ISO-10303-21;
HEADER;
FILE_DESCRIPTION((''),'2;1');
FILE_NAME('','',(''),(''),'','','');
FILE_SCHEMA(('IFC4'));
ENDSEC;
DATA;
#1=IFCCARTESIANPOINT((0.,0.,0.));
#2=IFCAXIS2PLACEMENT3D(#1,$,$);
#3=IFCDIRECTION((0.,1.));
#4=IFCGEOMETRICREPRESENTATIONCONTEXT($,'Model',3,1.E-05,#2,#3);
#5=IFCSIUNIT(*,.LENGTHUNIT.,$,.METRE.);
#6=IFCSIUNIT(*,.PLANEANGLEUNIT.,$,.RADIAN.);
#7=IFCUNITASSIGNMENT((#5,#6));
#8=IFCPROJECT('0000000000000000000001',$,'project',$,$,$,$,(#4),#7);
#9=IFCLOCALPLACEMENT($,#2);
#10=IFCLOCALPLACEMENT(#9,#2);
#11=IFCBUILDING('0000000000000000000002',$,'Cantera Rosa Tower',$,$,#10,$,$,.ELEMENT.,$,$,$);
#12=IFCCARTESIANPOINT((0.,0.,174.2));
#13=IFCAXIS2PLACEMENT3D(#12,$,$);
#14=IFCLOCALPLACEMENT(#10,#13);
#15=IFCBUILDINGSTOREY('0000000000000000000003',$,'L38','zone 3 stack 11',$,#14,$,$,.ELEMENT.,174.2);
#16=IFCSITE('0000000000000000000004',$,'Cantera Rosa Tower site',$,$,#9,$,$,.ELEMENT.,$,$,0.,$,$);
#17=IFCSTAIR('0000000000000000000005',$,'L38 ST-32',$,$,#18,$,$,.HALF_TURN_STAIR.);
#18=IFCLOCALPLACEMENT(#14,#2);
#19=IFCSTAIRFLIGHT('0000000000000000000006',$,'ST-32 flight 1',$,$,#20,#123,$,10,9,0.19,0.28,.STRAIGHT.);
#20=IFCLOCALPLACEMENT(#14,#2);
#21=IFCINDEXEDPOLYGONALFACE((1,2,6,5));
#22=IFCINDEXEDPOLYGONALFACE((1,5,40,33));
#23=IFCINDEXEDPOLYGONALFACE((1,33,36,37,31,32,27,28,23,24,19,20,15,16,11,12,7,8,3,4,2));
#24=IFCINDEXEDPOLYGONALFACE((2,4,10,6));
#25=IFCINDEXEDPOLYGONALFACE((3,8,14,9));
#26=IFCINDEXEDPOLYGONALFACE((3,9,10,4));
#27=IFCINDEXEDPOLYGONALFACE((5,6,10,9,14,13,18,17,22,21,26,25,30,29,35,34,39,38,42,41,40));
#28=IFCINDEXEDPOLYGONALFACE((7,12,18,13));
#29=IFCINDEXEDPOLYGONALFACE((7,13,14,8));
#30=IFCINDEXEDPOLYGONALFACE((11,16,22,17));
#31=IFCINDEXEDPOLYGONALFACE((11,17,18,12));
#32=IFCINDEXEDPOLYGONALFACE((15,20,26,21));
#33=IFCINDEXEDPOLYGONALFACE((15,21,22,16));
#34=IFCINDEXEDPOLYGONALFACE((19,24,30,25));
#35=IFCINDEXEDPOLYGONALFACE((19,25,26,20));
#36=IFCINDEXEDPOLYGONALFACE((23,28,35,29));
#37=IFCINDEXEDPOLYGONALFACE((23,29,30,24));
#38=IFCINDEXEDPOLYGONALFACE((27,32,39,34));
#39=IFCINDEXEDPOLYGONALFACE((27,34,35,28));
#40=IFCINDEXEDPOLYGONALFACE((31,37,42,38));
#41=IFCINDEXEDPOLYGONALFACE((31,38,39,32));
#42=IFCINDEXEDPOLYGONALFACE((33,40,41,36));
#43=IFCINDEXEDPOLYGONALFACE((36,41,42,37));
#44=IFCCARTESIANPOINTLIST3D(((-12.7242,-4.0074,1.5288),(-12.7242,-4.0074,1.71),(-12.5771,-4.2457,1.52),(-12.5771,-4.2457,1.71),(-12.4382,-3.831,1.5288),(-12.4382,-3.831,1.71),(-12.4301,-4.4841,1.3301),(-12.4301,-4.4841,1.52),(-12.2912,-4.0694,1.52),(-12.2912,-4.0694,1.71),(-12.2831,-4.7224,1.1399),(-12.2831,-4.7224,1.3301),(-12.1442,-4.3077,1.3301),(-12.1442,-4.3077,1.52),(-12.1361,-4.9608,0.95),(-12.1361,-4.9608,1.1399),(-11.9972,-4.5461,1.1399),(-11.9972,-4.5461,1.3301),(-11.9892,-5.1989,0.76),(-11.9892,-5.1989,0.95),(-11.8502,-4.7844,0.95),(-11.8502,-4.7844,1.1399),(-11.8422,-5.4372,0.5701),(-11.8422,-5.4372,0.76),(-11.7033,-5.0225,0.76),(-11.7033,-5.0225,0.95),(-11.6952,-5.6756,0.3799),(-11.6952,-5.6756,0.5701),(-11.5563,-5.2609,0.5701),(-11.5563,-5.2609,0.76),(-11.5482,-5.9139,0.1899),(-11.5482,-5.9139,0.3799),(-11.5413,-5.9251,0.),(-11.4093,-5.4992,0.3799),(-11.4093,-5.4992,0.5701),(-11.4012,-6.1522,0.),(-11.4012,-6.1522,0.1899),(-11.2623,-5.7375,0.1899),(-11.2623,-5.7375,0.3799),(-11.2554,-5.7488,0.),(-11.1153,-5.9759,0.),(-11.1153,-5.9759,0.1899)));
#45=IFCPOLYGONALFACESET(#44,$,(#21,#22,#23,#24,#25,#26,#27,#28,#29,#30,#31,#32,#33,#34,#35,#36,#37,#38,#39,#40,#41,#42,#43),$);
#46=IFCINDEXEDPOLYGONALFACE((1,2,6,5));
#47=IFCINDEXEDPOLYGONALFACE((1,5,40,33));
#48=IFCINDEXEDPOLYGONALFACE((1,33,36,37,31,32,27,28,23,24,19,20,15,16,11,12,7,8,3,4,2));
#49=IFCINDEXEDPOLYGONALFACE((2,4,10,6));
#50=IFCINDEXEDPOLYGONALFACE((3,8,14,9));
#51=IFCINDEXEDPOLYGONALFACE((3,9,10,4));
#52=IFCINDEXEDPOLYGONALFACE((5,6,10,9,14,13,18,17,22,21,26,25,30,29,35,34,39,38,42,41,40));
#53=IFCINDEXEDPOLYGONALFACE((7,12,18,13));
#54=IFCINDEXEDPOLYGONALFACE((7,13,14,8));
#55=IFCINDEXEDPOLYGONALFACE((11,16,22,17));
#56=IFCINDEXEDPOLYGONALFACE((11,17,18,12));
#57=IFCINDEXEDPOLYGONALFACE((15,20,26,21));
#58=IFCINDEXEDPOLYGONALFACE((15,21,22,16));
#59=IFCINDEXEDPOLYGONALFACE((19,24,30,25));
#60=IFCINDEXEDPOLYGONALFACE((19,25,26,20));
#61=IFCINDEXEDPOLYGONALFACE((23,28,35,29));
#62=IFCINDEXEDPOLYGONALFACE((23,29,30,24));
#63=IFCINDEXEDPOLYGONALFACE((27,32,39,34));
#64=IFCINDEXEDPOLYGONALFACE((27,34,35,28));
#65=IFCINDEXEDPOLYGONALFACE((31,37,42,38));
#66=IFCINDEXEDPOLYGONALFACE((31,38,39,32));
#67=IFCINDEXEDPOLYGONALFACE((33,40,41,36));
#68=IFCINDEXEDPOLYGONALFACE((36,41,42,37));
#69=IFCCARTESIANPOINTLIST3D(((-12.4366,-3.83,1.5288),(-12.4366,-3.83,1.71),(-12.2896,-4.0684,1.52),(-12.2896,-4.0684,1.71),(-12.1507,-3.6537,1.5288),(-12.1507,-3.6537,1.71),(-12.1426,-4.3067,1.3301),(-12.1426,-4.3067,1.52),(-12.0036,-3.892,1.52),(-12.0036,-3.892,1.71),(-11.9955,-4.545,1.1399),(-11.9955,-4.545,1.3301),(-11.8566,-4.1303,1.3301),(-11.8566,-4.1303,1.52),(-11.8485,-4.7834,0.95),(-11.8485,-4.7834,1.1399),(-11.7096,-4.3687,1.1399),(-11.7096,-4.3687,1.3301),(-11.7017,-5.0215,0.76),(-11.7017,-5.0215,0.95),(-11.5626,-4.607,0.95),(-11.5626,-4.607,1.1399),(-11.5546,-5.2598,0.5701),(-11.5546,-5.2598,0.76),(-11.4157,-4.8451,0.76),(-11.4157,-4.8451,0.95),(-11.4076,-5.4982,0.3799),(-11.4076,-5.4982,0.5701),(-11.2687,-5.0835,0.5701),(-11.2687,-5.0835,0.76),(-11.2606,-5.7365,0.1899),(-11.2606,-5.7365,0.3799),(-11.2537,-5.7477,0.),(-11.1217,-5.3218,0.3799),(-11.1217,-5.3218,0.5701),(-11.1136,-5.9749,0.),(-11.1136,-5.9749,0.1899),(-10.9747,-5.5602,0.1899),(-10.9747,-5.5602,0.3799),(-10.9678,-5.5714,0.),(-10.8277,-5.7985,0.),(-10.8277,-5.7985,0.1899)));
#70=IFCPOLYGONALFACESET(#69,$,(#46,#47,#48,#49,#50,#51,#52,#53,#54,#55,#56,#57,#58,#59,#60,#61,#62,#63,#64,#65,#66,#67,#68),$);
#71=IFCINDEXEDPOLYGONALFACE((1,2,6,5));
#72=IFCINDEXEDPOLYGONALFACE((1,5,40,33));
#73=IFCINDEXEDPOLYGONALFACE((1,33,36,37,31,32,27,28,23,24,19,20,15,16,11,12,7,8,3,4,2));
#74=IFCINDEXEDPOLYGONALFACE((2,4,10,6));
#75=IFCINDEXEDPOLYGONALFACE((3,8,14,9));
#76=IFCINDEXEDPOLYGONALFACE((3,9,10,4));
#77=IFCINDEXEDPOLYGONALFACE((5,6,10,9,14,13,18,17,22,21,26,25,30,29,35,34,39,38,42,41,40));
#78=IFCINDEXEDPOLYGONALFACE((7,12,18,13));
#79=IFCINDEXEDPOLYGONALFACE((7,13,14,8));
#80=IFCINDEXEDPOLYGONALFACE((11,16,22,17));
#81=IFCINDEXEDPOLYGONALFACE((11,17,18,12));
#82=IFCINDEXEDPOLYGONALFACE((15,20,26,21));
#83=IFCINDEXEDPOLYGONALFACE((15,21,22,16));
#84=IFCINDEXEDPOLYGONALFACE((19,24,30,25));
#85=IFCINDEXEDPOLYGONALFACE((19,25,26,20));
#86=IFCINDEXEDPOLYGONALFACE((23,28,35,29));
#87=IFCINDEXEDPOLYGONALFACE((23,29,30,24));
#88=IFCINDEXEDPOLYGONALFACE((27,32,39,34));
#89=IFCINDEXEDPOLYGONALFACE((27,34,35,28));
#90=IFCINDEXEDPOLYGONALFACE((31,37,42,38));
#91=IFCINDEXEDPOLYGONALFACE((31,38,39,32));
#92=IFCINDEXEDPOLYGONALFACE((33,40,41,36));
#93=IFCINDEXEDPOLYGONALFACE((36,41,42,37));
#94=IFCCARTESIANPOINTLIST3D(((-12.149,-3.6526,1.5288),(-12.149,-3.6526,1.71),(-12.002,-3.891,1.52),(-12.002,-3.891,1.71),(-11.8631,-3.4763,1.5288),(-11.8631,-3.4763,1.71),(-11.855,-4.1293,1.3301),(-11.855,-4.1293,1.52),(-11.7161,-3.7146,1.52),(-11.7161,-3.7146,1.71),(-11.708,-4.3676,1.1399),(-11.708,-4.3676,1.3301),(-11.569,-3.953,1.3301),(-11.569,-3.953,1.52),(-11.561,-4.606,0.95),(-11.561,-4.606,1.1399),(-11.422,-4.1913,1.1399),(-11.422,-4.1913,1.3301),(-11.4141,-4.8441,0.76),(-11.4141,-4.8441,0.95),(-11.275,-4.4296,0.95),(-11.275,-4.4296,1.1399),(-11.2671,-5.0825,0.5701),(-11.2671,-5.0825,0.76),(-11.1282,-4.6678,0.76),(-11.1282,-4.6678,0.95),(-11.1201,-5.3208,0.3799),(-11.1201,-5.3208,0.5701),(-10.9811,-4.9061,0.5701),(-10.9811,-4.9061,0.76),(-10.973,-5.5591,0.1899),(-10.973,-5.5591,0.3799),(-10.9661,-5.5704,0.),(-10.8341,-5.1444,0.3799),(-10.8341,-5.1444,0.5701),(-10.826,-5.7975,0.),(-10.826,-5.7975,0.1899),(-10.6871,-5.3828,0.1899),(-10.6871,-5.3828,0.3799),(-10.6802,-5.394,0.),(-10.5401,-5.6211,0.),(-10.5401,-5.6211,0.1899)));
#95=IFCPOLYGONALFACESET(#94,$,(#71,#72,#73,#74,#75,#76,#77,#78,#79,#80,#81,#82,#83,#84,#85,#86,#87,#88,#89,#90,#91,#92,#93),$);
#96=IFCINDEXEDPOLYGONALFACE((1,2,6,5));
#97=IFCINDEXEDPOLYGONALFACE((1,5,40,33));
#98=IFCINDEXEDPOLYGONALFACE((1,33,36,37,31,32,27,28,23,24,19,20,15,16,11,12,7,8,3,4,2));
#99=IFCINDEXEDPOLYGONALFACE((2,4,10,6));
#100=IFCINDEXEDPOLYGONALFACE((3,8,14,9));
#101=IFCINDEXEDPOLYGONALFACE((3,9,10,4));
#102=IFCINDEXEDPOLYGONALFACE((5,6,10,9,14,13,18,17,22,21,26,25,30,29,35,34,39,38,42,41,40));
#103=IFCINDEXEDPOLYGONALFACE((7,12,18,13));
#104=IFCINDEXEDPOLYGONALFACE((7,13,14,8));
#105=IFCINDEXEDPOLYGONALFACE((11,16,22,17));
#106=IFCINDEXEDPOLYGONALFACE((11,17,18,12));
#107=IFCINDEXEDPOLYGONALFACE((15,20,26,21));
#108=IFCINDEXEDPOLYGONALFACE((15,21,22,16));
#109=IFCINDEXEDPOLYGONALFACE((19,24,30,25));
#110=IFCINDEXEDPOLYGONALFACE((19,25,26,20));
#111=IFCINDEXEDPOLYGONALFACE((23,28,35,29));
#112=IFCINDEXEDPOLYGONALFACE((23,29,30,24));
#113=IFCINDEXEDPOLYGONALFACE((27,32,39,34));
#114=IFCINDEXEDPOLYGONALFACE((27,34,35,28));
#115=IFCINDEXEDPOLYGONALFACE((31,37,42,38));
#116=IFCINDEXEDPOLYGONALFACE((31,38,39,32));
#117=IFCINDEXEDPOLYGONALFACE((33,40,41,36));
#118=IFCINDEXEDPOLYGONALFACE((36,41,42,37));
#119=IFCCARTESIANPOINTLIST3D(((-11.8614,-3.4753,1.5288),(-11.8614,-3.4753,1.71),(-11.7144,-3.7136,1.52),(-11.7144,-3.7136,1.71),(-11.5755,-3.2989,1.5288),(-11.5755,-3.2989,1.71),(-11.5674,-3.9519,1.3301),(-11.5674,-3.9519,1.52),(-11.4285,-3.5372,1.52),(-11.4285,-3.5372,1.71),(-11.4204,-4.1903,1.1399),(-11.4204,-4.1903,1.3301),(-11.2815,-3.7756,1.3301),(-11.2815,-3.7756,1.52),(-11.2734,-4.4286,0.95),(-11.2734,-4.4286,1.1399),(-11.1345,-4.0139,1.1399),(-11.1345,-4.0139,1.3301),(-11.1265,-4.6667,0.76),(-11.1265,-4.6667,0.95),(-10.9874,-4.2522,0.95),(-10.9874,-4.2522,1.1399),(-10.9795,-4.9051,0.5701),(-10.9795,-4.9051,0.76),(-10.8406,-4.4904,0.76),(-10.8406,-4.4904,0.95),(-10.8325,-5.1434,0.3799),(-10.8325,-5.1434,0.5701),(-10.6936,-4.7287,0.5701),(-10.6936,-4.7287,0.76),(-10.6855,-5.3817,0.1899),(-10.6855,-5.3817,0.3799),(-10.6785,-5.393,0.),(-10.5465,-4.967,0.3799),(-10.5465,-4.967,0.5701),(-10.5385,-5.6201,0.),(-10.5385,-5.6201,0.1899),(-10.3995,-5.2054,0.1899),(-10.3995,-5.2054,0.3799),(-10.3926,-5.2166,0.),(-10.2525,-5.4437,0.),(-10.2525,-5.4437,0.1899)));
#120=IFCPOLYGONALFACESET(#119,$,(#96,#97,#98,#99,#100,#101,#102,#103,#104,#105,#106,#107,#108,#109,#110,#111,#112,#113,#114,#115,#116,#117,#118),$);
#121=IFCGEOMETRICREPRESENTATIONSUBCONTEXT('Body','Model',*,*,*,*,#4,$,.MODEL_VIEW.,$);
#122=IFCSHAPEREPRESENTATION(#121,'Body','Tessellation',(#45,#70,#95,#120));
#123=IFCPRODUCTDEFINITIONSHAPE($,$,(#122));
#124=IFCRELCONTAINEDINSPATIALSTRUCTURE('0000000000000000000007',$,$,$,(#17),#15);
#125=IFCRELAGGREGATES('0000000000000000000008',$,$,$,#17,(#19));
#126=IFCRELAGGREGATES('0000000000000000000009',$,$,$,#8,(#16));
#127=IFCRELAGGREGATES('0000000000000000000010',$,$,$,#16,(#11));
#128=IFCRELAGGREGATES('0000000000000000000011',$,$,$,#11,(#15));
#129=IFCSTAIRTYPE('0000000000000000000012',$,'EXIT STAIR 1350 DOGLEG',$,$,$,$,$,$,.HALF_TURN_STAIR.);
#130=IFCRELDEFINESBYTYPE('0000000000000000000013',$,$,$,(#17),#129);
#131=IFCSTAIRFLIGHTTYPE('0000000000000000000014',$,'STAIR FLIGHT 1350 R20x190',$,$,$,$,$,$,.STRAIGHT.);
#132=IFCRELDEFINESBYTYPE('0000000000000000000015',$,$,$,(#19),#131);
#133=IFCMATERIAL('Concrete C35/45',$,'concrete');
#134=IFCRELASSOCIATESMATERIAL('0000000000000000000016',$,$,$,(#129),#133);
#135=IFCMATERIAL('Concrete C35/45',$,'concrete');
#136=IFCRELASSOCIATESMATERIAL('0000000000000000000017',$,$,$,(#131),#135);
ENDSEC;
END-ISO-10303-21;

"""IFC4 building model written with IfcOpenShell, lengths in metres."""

from ifc_helpers import new_model, si_unit, direction, frame, origin, place, context, subcontext, project, spatial, polyline, outline, extrude, material, type_object, element, aggregate, save


model = new_model("IFC4")

# Units and contexts
model_context = context("Model", 3, precision=1e-05, world=origin(), true_north=direction((0.0, 1.0)))
body_context = subcontext(model_context, "Body", "Model", "MODEL_VIEW")
ifc_project = project(units=[si_unit("LENGTHUNIT", "METRE"), si_unit("PLANEANGLEUNIT", "RADIAN")], contexts=[model_context])

# Site, building, storey
site_placement = place(None, origin())
site = spatial("IfcSite", under=ifc_project, at=site_placement, Name="Cantera Rosa Tower site", CompositionType="ELEMENT", RefElevation=0.0)
building_placement = place(site_placement, origin())
building = spatial("IfcBuilding", under=site, at=building_placement, Name="Cantera Rosa Tower", CompositionType="ELEMENT")
storey_placement = place(building_placement, frame((0.0, 0.0, 174.2)))
storey = spatial("IfcBuildingStorey", under=building, at=storey_placement, Name="L38", Description="zone 3 stack 11", CompositionType="ELEMENT", Elevation=174.2)

# Stair, stair flight
ifc_material_1 = material(Name="Concrete C35/45", Category="concrete")
stair_type = type_object("IfcStairType", Name="EXIT STAIR 1350 DOGLEG", PredefinedType="HALF_TURN_STAIR", material=ifc_material_1)
stair_1_placement = place(storey_placement, origin())
stair_1 = element("IfcStair", 1, at=stair_1_placement, inside=storey, type_object=stair_type, Name="L38 ST-32", PredefinedType="HALF_TURN_STAIR")
ifc_material_2 = material(Name="Concrete C35/45", Category="concrete")
stair_flight_type = type_object("IfcStairFlightType", Name="STAIR FLIGHT 1350 R20x190", PredefinedType="STRAIGHT", material=ifc_material_2)
stair_flight_1_placement = place(storey_placement, frame((-10.8267, -5.7979, 0.0), z_axis=(0.0, 0.0, 1.0), x_axis=(-0.524977, 0.851117, 0.0)))
stair_flight_1 = element("IfcStairFlight", 2, at=stair_flight_1_placement, type_object=stair_flight_type, Name="ST-32 flight 1", NumberOfRisers=10, NumberOfTreads=9, PredefinedType="STRAIGHT", RiserHeight=0.19, TreadLength=0.28, context=body_context, shape_type="SweptSolid", body=[
    extrude(outline(polyline([(0.0, 0.0), (0.0, 0.1899), (0.28, 0.1899), (0.28, 0.3799), (0.5601, 0.3799), (0.5601, 0.5701), (0.8401, 0.5701), (0.8401, 0.76), (1.1201, 0.76), (1.1201, 0.95), (1.3999, 0.95), (1.3999, 1.1399), (1.6799, 1.1399), (1.6799, 1.3301), (1.96, 1.3301), (1.96, 1.52), (2.24, 1.52), (2.24, 1.71), (2.52, 1.71), (2.52, 1.8999), (2.52, 1.5288), (0.2668, 0.0), (0.0, 0.0)])), frame((0.0, 0.675, 0.0), z_axis=(0.0, -1.0, 0.0), x_axis=(1.0, 0.0, 0.0)), (0.0, 0.0, 1.0), 0.3359),
    extrude(outline(polyline([(0.0, 0.0), (0.0, 0.1899), (0.28, 0.1899), (0.28, 0.3799), (0.5601, 0.3799), (0.5601, 0.5701), (0.8401, 0.5701), (0.8401, 0.76), (1.1201, 0.76), (1.1201, 0.95), (1.3999, 0.95), (1.3999, 1.1399), (1.6799, 1.1399), (1.6799, 1.3301), (1.96, 1.3301), (1.96, 1.52), (2.24, 1.52), (2.24, 1.71), (2.52, 1.71), (2.52, 1.8999), (2.52, 1.5288), (0.2668, 0.0), (0.0, 0.0)])), frame((0.0, 0.3372, 0.0), z_axis=(0.0, -1.0, 0.0), x_axis=(1.0, 0.0, 0.0)), (0.0, 0.0, 1.0), 0.3359),
    extrude(outline(polyline([(0.0, 0.0), (0.0, 0.1899), (0.28, 0.1899), (0.28, 0.3799), (0.5601, 0.3799), (0.5601, 0.5701), (0.8401, 0.5701), (0.8401, 0.76), (1.1201, 0.76), (1.1201, 0.95), (1.3999, 0.95), (1.3999, 1.1399), (1.6799, 1.1399), (1.6799, 1.3301), (1.96, 1.3301), (1.96, 1.52), (2.24, 1.52), (2.24, 1.71), (2.52, 1.71), (2.52, 1.8999), (2.52, 1.5288), (0.2668, 0.0), (0.0, 0.0)])), frame((0.0, -0.0007, 0.0), z_axis=(0.0, -1.0, 0.0), x_axis=(1.0, 0.0, 0.0)), (0.0, 0.0, 1.0), 0.3359),
    extrude(outline(polyline([(0.0, 0.0), (0.0, 0.1899), (0.28, 0.1899), (0.28, 0.3799), (0.5601, 0.3799), (0.5601, 0.5701), (0.8401, 0.5701), (0.8401, 0.76), (1.1201, 0.76), (1.1201, 0.95), (1.3999, 0.95), (1.3999, 1.1399), (1.6799, 1.1399), (1.6799, 1.3301), (1.96, 1.3301), (1.96, 1.52), (2.24, 1.52), (2.24, 1.71), (2.52, 1.71), (2.52, 1.8999), (2.52, 1.5288), (0.2668, 0.0), (0.0, 0.0)])), frame((0.0, -0.3386, 0.0), z_axis=(0.0, -1.0, 0.0), x_axis=(1.0, 0.0, 0.0)), (0.0, 0.0, 1.0), 0.3359),
])
aggregate(stair_1, [stair_flight_1])

save(model, "model.ifc")
